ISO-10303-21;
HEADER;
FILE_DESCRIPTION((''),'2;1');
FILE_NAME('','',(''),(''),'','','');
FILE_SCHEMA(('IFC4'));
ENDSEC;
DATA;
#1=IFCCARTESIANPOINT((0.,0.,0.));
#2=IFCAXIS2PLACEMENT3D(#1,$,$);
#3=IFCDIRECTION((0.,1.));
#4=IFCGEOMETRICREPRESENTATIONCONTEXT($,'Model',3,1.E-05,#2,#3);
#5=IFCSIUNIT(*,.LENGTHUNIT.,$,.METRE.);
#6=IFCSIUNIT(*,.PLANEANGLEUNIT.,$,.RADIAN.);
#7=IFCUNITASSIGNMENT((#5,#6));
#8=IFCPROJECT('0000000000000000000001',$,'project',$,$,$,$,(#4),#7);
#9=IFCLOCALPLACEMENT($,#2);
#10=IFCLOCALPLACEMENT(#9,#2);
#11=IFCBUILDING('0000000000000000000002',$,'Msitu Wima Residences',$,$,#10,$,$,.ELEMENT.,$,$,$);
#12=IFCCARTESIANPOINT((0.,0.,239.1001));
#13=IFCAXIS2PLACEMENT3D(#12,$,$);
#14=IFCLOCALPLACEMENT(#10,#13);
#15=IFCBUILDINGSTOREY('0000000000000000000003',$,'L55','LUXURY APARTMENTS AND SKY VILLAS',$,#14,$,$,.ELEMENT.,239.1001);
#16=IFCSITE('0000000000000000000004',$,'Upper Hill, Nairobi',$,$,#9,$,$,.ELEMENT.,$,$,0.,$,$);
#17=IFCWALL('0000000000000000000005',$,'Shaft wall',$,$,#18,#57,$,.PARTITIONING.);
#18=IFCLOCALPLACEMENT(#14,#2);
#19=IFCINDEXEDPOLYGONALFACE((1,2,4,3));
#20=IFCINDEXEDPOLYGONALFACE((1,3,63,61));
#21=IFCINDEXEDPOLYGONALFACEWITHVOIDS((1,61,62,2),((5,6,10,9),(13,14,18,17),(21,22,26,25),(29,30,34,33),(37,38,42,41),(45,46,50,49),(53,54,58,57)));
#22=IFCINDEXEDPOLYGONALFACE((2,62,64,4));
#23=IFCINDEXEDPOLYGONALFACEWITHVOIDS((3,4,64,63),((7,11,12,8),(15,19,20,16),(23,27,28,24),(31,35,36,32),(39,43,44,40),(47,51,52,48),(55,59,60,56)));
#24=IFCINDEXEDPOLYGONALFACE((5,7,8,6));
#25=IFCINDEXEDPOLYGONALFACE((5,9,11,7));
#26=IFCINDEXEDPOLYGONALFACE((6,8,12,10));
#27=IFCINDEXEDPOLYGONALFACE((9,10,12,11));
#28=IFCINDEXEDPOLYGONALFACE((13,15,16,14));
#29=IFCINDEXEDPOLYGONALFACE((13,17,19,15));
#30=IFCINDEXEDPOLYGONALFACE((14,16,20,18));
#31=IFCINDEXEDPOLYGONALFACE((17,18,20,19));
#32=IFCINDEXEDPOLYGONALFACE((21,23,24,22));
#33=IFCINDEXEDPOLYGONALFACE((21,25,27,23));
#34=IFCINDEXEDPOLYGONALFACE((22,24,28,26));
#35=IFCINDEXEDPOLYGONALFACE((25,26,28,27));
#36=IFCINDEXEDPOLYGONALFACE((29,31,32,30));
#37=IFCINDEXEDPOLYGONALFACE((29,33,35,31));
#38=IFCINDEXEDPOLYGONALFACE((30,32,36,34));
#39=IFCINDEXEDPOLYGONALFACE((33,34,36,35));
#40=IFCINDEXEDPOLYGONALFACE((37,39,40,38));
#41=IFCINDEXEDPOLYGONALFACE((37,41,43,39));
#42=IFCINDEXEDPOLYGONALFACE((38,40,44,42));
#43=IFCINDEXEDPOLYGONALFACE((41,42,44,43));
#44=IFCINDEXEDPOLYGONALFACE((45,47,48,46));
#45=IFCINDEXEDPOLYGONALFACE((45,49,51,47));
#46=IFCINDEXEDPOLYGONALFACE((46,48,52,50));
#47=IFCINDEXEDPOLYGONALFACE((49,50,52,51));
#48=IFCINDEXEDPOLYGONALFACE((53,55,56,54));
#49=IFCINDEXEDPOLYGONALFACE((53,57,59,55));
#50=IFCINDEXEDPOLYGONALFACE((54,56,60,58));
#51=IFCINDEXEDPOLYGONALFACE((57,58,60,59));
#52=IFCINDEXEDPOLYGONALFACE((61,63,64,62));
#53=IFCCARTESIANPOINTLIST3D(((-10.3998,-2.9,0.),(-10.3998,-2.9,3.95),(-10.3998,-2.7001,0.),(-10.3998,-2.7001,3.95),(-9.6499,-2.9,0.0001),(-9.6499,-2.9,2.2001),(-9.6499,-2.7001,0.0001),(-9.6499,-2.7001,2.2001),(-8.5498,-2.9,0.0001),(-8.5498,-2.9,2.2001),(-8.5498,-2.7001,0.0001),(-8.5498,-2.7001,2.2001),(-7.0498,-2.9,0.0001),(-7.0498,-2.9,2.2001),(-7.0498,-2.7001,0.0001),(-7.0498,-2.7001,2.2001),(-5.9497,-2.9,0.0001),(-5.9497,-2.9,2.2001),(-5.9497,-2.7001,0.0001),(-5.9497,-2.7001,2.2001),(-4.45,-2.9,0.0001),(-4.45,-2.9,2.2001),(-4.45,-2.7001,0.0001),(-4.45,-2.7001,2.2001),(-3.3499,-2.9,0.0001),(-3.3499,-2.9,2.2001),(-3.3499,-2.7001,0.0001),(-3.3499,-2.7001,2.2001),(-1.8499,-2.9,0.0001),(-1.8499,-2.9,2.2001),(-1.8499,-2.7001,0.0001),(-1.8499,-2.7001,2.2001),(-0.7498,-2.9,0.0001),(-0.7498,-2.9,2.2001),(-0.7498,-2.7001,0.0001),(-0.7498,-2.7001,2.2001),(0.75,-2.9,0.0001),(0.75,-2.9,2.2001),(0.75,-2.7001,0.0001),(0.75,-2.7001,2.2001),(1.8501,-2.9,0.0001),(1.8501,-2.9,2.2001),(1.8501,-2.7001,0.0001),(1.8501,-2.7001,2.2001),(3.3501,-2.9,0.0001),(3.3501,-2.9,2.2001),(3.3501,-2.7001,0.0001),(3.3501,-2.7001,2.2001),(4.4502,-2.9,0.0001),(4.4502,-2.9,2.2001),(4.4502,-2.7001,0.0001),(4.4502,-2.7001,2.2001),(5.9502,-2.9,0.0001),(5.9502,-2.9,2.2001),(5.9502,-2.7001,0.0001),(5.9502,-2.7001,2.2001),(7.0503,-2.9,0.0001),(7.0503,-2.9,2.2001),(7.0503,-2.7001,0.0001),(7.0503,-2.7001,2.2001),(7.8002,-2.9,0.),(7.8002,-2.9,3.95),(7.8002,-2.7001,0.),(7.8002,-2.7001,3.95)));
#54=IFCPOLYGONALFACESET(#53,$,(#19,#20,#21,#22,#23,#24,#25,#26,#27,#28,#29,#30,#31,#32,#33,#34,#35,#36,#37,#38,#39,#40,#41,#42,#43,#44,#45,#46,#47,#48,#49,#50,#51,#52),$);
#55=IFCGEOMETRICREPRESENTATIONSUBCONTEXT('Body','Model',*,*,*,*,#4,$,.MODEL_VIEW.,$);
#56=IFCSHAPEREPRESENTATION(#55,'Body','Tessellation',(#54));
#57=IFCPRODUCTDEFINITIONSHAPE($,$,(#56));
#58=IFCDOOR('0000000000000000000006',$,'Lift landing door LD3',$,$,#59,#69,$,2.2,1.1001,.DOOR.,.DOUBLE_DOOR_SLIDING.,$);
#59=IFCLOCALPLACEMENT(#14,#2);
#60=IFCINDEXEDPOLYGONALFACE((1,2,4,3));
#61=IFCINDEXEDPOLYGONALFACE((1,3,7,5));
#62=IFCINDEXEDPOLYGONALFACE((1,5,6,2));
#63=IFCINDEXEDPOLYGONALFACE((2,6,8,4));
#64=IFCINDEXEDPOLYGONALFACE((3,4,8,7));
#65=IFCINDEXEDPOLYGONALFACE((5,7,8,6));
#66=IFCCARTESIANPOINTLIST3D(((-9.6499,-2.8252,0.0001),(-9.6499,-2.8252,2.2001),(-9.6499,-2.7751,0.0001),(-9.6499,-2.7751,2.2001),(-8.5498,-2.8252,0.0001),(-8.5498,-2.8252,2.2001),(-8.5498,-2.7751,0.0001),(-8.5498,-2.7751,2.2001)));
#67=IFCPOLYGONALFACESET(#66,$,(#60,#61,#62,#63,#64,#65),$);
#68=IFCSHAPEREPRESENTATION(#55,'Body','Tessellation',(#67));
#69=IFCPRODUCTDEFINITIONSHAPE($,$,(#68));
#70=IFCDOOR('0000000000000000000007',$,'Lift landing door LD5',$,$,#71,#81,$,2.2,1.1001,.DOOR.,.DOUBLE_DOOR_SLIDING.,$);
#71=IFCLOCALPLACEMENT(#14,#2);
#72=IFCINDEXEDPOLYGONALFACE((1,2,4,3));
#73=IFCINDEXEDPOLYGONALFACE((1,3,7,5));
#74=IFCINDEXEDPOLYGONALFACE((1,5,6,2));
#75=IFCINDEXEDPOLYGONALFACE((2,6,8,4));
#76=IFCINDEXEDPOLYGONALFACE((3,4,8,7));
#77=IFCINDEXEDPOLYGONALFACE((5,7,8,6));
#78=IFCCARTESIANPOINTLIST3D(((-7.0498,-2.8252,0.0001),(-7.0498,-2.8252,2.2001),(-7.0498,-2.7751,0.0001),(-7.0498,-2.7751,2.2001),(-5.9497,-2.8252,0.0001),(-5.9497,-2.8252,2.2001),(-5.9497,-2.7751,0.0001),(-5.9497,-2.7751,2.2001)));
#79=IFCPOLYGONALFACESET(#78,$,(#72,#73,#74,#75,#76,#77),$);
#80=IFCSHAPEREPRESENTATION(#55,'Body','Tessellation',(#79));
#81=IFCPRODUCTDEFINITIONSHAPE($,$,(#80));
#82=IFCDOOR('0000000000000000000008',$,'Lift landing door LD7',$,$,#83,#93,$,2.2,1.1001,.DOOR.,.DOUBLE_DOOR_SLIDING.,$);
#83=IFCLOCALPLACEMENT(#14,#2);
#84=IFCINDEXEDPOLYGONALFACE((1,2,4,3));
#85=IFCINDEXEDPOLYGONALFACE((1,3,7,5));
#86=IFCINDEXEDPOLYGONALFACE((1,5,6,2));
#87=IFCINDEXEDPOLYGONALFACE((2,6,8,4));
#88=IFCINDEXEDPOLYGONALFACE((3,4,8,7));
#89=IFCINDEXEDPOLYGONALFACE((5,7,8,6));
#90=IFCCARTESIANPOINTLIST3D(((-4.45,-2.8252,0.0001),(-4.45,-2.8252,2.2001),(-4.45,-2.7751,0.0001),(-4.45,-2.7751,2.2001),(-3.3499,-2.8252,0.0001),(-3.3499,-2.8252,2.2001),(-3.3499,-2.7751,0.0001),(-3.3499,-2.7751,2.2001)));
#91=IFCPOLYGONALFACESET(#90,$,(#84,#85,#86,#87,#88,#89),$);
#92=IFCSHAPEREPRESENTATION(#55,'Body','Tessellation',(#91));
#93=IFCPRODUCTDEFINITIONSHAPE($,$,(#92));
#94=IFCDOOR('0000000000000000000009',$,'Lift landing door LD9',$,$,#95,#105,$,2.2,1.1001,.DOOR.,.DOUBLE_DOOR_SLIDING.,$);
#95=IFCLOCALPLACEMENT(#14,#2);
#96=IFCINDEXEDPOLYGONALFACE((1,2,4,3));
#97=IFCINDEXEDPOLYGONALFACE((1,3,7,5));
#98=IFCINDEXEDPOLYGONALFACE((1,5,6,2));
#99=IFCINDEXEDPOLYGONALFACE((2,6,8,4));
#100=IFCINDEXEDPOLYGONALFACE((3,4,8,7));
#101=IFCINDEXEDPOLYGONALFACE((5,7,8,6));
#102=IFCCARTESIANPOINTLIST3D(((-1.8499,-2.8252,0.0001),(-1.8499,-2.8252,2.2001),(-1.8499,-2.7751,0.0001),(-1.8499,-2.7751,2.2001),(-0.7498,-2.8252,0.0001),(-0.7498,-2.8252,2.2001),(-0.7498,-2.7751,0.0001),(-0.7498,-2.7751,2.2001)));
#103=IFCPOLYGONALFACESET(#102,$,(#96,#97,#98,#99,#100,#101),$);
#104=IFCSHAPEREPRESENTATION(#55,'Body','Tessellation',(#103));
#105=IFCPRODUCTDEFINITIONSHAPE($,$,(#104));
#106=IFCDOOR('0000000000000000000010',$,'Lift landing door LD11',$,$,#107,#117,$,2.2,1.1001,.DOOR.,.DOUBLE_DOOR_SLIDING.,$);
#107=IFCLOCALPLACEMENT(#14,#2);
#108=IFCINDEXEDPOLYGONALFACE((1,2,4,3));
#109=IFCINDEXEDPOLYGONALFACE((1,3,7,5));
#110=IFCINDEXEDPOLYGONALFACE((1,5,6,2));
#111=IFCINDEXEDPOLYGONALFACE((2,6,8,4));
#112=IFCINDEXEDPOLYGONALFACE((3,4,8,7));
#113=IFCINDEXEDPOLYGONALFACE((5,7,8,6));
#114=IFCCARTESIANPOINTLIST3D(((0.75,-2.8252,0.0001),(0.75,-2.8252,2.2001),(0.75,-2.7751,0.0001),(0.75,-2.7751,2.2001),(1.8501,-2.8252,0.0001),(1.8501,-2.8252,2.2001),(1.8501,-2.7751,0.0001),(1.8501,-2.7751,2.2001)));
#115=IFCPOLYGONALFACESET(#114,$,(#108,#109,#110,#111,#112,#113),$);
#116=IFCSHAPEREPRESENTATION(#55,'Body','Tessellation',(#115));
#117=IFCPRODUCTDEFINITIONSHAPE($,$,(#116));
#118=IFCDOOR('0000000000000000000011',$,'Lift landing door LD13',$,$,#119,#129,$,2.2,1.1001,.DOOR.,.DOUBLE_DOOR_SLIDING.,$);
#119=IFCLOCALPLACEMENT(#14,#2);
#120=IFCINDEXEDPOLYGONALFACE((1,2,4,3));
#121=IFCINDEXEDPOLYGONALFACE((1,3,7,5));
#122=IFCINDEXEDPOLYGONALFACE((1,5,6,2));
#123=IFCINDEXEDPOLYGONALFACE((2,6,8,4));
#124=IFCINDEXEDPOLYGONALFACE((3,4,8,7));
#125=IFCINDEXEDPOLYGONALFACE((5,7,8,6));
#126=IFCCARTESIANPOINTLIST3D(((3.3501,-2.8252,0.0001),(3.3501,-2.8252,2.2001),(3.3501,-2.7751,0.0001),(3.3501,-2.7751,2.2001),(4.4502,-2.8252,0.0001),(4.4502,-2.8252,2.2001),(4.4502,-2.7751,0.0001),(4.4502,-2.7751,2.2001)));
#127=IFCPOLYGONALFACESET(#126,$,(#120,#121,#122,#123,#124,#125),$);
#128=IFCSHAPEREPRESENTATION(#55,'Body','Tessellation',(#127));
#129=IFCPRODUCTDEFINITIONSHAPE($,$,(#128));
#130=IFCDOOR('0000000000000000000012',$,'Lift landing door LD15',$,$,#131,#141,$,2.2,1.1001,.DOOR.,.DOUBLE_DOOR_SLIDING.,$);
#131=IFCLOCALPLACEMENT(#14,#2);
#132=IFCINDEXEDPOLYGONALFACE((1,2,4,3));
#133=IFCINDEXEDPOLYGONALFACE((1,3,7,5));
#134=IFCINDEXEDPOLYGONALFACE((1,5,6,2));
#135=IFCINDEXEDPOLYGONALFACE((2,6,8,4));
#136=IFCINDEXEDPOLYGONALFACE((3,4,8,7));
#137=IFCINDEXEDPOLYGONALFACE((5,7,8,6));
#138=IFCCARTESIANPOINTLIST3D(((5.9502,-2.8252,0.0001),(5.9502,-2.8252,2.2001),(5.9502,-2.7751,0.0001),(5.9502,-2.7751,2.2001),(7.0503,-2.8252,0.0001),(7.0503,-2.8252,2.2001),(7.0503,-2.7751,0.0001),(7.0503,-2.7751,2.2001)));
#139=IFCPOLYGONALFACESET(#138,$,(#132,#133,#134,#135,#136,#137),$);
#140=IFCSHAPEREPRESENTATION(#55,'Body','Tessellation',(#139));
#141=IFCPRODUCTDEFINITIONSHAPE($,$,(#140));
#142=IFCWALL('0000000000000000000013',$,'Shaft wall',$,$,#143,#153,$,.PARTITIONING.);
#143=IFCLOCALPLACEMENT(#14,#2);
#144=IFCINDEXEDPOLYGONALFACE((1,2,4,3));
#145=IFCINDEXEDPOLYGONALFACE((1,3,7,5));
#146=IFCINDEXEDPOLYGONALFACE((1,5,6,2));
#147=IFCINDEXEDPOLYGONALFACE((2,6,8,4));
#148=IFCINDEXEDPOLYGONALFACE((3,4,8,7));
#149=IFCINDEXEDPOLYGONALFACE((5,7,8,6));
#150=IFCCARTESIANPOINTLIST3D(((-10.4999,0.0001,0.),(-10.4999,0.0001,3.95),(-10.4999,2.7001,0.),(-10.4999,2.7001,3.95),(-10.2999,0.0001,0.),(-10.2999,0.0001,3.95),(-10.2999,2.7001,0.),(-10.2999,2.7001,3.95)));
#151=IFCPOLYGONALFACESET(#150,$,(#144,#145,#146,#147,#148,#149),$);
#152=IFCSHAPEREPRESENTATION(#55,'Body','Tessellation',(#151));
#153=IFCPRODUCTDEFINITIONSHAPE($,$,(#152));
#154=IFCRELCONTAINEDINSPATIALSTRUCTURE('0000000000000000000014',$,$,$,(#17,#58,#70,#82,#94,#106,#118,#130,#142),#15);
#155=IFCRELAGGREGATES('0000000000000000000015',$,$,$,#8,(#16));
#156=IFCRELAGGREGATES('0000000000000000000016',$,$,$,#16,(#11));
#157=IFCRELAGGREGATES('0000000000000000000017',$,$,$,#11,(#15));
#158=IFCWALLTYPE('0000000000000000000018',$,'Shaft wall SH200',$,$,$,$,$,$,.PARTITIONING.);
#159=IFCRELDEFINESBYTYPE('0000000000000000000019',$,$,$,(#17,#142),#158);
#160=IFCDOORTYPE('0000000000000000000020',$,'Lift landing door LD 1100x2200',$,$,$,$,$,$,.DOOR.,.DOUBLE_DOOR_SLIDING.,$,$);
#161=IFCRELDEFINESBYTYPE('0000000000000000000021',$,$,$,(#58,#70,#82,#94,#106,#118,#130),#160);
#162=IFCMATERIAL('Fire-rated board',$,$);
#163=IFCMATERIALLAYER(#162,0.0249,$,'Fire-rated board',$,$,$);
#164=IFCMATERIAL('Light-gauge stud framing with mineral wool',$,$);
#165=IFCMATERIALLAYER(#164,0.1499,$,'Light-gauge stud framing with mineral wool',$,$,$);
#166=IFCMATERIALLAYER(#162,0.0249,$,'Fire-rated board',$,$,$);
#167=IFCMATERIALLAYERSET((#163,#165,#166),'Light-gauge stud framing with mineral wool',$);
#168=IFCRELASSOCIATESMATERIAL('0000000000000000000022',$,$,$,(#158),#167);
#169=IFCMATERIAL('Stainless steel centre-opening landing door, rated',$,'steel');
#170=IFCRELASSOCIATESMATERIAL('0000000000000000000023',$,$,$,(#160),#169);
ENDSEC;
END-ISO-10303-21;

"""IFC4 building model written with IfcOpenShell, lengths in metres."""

from ifc_helpers import new_model, si_unit, direction, frame, frame_2d, origin, place, context, subcontext, project, spatial, rectangle, extrude, material, layer, layer_set, type_object, element, fill, save


model = new_model("IFC4")

# Units and contexts
model_context = context("Model", 3, precision=1e-05, world=origin(), true_north=direction((0.0, 1.0)))
body_context = subcontext(model_context, "Body", "Model", "MODEL_VIEW")
ifc_project = project(units=[si_unit("LENGTHUNIT", "METRE"), si_unit("PLANEANGLEUNIT", "RADIAN")], contexts=[model_context])

# Site, building, storey
site_placement = place(None, origin())
site = spatial("IfcSite", under=ifc_project, at=site_placement, Name="Upper Hill, Nairobi", CompositionType="ELEMENT", RefElevation=0.0)
building_placement = place(site_placement, origin())
building = spatial("IfcBuilding", under=site, at=building_placement, Name="Msitu Wima Residences", CompositionType="ELEMENT")
storey_placement = place(building_placement, frame((0.0, 0.0, 239.1001)))
storey = spatial("IfcBuildingStorey", under=building, at=storey_placement, Name="L55", Description="LUXURY APARTMENTS AND SKY VILLAS", CompositionType="ELEMENT", Elevation=239.1001)

# Shared definitions
ifc_material_1 = material(Name="Fire-rated board")
ifc_layer_1 = layer(ifc_material_1, 0.0249, Name="Fire-rated board")
ifc_material_2 = material(Name="Light-gauge stud framing with mineral wool")
ifc_layer_2 = layer(ifc_material_2, 0.1499, Name="Light-gauge stud framing with mineral wool")
ifc_layer_3 = layer(ifc_material_1, 0.0249, Name="Fire-rated board")
ifc_layer_set_1 = layer_set([ifc_layer_1, ifc_layer_2, ifc_layer_3], Name="Light-gauge stud framing with mineral wool")
wall_type_1 = type_object("IfcWallType", Name="Shaft wall SH200", PredefinedType="PARTITIONING", material=ifc_layer_set_1)

# Wall, openings, doors
wall_1_placement = place(storey_placement, frame((-10.3999, -2.8, 0.0), z_axis=(0.0, 0.0, 1.0), x_axis=(1.0, 0.0, 0.0)))
wall_1 = element("IfcWall", 1, at=wall_1_placement, inside=storey, type_object=wall_type_1, Name="Shaft wall", PredefinedType="PARTITIONING", context=body_context, shape_type="SweptSolid", body=[
    extrude(rectangle(XDim=18.2, YDim=0.2, at=frame_2d((9.1001, 0.0))), origin(), (0.0, 0.0, 1.0), 3.95),
])
opening_1_placement = place(wall_1_placement, frame((0.75, 0.0, 0.0)))
opening_1 = element("IfcOpeningElement", 2, at=opening_1_placement, cuts=wall_1, PredefinedType="OPENING", context=body_context, shape_type="SweptSolid", body=[
    extrude(rectangle(XDim=1.1001, YDim=2.2, at=frame_2d((0.55, 1.1001))), frame((0.0, 0.1099, 0.0), z_axis=(0.0, -1.0, 0.0), x_axis=(1.0, 0.0, 0.0)), (0.0, 0.0, 1.0), 0.22),
])
opening_2_placement = place(wall_1_placement, frame((3.3501, 0.0, 0.0)))
opening_2 = element("IfcOpeningElement", 3, at=opening_2_placement, cuts=wall_1, PredefinedType="OPENING", context=body_context, shape_type="SweptSolid", body=[
    extrude(rectangle(XDim=1.1001, YDim=2.2, at=frame_2d((0.55, 1.1001))), frame((0.0, 0.1099, 0.0), z_axis=(0.0, -1.0, 0.0), x_axis=(1.0, 0.0, 0.0)), (0.0, 0.0, 1.0), 0.22),
])
opening_3_placement = place(wall_1_placement, frame((5.95, 0.0, 0.0)))
opening_3 = element("IfcOpeningElement", 4, at=opening_3_placement, cuts=wall_1, PredefinedType="OPENING", context=body_context, shape_type="SweptSolid", body=[
    extrude(rectangle(XDim=1.1001, YDim=2.2, at=frame_2d((0.55, 1.1001))), frame((0.0, 0.1099, 0.0), z_axis=(0.0, -1.0, 0.0), x_axis=(1.0, 0.0, 0.0)), (0.0, 0.0, 1.0), 0.22),
])
opening_4_placement = place(wall_1_placement, frame((8.55, 0.0, 0.0)))
opening_4 = element("IfcOpeningElement", 5, at=opening_4_placement, cuts=wall_1, PredefinedType="OPENING", context=body_context, shape_type="SweptSolid", body=[
    extrude(rectangle(XDim=1.1001, YDim=2.2, at=frame_2d((0.55, 1.1001))), frame((0.0, 0.1099, 0.0), z_axis=(0.0, -1.0, 0.0), x_axis=(1.0, 0.0, 0.0)), (0.0, 0.0, 1.0), 0.22),
])
opening_5_placement = place(wall_1_placement, frame((11.1499, 0.0, 0.0)))
opening_5 = element("IfcOpeningElement", 6, at=opening_5_placement, cuts=wall_1, PredefinedType="OPENING", context=body_context, shape_type="SweptSolid", body=[
    extrude(rectangle(XDim=1.1001, YDim=2.2, at=frame_2d((0.55, 1.1001))), frame((0.0, 0.1099, 0.0), z_axis=(0.0, -1.0, 0.0), x_axis=(1.0, 0.0, 0.0)), (0.0, 0.0, 1.0), 0.22),
])
opening_6_placement = place(wall_1_placement, frame((13.75, 0.0, 0.0)))
opening_6 = element("IfcOpeningElement", 7, at=opening_6_placement, cuts=wall_1, PredefinedType="OPENING", context=body_context, shape_type="SweptSolid", body=[
    extrude(rectangle(XDim=1.1001, YDim=2.2, at=frame_2d((0.55, 1.1001))), frame((0.0, 0.1099, 0.0), z_axis=(0.0, -1.0, 0.0), x_axis=(1.0, 0.0, 0.0)), (0.0, 0.0, 1.0), 0.22),
])
opening_7_placement = place(wall_1_placement, frame((16.3501, 0.0, 0.0)))
opening_7 = element("IfcOpeningElement", 8, at=opening_7_placement, cuts=wall_1, PredefinedType="OPENING", context=body_context, shape_type="SweptSolid", body=[
    extrude(rectangle(XDim=1.1001, YDim=2.2, at=frame_2d((0.55, 1.1001))), frame((0.0, 0.1099, 0.0), z_axis=(0.0, -1.0, 0.0), x_axis=(1.0, 0.0, 0.0)), (0.0, 0.0, 1.0), 0.22),
])
ifc_material_3 = material(Name="Stainless steel centre-opening landing door, rated", Category="steel")
door_type_1 = type_object("IfcDoorType", Name="Lift landing door LD 1100x2200", OperationType="DOUBLE_DOOR_SLIDING", PredefinedType="DOOR", material=ifc_material_3)
door_1_placement = place(opening_1_placement, origin())
door_1 = element("IfcDoor", 9, at=door_1_placement, inside=storey, type_object=door_type_1, Name="Lift landing door LD3", OperationType="DOUBLE_DOOR_SLIDING", OverallHeight=2.2, OverallWidth=1.1001, PredefinedType="DOOR", context=body_context, shape_type="SweptSolid", body=[
    extrude(rectangle(XDim=1.1001, YDim=2.2, at=frame_2d((0.55, 1.1001))), frame((0.0, 0.0249, 0.0), z_axis=(0.0, -1.0, 0.0), x_axis=(1.0, 0.0, 0.0)), (0.0, 0.0, 1.0), 0.05),
])
fill(opening_1, door_1)
door_2_placement = place(opening_2_placement, origin())
door_2 = element("IfcDoor", 10, at=door_2_placement, inside=storey, type_object=door_type_1, Name="Lift landing door LD5", OperationType="DOUBLE_DOOR_SLIDING", OverallHeight=2.2, OverallWidth=1.1001, PredefinedType="DOOR", context=body_context, shape_type="SweptSolid", body=[
    extrude(rectangle(XDim=1.1001, YDim=2.2, at=frame_2d((0.55, 1.1001))), frame((0.0, 0.0249, 0.0), z_axis=(0.0, -1.0, 0.0), x_axis=(1.0, 0.0, 0.0)), (0.0, 0.0, 1.0), 0.05),
])
fill(opening_2, door_2)
door_3_placement = place(opening_3_placement, origin())
door_3 = element("IfcDoor", 11, at=door_3_placement, inside=storey, type_object=door_type_1, Name="Lift landing door LD7", OperationType="DOUBLE_DOOR_SLIDING", OverallHeight=2.2, OverallWidth=1.1001, PredefinedType="DOOR", context=body_context, shape_type="SweptSolid", body=[
    extrude(rectangle(XDim=1.1001, YDim=2.2, at=frame_2d((0.55, 1.1001))), frame((0.0, 0.0249, 0.0), z_axis=(0.0, -1.0, 0.0), x_axis=(1.0, 0.0, 0.0)), (0.0, 0.0, 1.0), 0.05),
])
fill(opening_3, door_3)
door_4_placement = place(opening_4_placement, origin())
door_4 = element("IfcDoor", 12, at=door_4_placement, inside=storey, type_object=door_type_1, Name="Lift landing door LD9", OperationType="DOUBLE_DOOR_SLIDING", OverallHeight=2.2, OverallWidth=1.1001, PredefinedType="DOOR", context=body_context, shape_type="SweptSolid", body=[
    extrude(rectangle(XDim=1.1001, YDim=2.2, at=frame_2d((0.55, 1.1001))), frame((0.0, 0.0249, 0.0), z_axis=(0.0, -1.0, 0.0), x_axis=(1.0, 0.0, 0.0)), (0.0, 0.0, 1.0), 0.05),
])
fill(opening_4, door_4)
door_5_placement = place(opening_5_placement, origin())
door_5 = element("IfcDoor", 13, at=door_5_placement, inside=storey, type_object=door_type_1, Name="Lift landing door LD11", OperationType="DOUBLE_DOOR_SLIDING", OverallHeight=2.2, OverallWidth=1.1001, PredefinedType="DOOR", context=body_context, shape_type="SweptSolid", body=[
    extrude(rectangle(XDim=1.1001, YDim=2.2, at=frame_2d((0.55, 1.1001))), frame((0.0, 0.0249, 0.0), z_axis=(0.0, -1.0, 0.0), x_axis=(1.0, 0.0, 0.0)), (0.0, 0.0, 1.0), 0.05),
])
fill(opening_5, door_5)
door_6_placement = place(opening_6_placement, origin())
door_6 = element("IfcDoor", 14, at=door_6_placement, inside=storey, type_object=door_type_1, Name="Lift landing door LD13", OperationType="DOUBLE_DOOR_SLIDING", OverallHeight=2.2, OverallWidth=1.1001, PredefinedType="DOOR", context=body_context, shape_type="SweptSolid", body=[
    extrude(rectangle(XDim=1.1001, YDim=2.2, at=frame_2d((0.55, 1.1001))), frame((0.0, 0.0249, 0.0), z_axis=(0.0, -1.0, 0.0), x_axis=(1.0, 0.0, 0.0)), (0.0, 0.0, 1.0), 0.05),
])
fill(opening_6, door_6)
door_7_placement = place(opening_7_placement, origin())
door_7 = element("IfcDoor", 15, at=door_7_placement, inside=storey, type_object=door_type_1, Name="Lift landing door LD15", OperationType="DOUBLE_DOOR_SLIDING", OverallHeight=2.2, OverallWidth=1.1001, PredefinedType="DOOR", context=body_context, shape_type="SweptSolid", body=[
    extrude(rectangle(XDim=1.1001, YDim=2.2, at=frame_2d((0.55, 1.1001))), frame((0.0, 0.0249, 0.0), z_axis=(0.0, -1.0, 0.0), x_axis=(1.0, 0.0, 0.0)), (0.0, 0.0, 1.0), 0.05),
])
fill(opening_7, door_7)

# Wall
wall_2_placement = place(storey_placement, frame((-10.3999, 0.0, 0.0), z_axis=(0.0, 0.0, 1.0), x_axis=(0.0, 1.0, 0.0)))
element("IfcWall", 16, at=wall_2_placement, inside=storey, type_object=wall_type_1, Name="Shaft wall", PredefinedType="PARTITIONING", context=body_context, shape_type="SweptSolid", body=[
    extrude(rectangle(XDim=2.7, YDim=0.2, at=frame_2d((1.3501, 0.0))), origin(), (0.0, 0.0, 1.0), 3.95),
])

save(model, "model.ifc")
